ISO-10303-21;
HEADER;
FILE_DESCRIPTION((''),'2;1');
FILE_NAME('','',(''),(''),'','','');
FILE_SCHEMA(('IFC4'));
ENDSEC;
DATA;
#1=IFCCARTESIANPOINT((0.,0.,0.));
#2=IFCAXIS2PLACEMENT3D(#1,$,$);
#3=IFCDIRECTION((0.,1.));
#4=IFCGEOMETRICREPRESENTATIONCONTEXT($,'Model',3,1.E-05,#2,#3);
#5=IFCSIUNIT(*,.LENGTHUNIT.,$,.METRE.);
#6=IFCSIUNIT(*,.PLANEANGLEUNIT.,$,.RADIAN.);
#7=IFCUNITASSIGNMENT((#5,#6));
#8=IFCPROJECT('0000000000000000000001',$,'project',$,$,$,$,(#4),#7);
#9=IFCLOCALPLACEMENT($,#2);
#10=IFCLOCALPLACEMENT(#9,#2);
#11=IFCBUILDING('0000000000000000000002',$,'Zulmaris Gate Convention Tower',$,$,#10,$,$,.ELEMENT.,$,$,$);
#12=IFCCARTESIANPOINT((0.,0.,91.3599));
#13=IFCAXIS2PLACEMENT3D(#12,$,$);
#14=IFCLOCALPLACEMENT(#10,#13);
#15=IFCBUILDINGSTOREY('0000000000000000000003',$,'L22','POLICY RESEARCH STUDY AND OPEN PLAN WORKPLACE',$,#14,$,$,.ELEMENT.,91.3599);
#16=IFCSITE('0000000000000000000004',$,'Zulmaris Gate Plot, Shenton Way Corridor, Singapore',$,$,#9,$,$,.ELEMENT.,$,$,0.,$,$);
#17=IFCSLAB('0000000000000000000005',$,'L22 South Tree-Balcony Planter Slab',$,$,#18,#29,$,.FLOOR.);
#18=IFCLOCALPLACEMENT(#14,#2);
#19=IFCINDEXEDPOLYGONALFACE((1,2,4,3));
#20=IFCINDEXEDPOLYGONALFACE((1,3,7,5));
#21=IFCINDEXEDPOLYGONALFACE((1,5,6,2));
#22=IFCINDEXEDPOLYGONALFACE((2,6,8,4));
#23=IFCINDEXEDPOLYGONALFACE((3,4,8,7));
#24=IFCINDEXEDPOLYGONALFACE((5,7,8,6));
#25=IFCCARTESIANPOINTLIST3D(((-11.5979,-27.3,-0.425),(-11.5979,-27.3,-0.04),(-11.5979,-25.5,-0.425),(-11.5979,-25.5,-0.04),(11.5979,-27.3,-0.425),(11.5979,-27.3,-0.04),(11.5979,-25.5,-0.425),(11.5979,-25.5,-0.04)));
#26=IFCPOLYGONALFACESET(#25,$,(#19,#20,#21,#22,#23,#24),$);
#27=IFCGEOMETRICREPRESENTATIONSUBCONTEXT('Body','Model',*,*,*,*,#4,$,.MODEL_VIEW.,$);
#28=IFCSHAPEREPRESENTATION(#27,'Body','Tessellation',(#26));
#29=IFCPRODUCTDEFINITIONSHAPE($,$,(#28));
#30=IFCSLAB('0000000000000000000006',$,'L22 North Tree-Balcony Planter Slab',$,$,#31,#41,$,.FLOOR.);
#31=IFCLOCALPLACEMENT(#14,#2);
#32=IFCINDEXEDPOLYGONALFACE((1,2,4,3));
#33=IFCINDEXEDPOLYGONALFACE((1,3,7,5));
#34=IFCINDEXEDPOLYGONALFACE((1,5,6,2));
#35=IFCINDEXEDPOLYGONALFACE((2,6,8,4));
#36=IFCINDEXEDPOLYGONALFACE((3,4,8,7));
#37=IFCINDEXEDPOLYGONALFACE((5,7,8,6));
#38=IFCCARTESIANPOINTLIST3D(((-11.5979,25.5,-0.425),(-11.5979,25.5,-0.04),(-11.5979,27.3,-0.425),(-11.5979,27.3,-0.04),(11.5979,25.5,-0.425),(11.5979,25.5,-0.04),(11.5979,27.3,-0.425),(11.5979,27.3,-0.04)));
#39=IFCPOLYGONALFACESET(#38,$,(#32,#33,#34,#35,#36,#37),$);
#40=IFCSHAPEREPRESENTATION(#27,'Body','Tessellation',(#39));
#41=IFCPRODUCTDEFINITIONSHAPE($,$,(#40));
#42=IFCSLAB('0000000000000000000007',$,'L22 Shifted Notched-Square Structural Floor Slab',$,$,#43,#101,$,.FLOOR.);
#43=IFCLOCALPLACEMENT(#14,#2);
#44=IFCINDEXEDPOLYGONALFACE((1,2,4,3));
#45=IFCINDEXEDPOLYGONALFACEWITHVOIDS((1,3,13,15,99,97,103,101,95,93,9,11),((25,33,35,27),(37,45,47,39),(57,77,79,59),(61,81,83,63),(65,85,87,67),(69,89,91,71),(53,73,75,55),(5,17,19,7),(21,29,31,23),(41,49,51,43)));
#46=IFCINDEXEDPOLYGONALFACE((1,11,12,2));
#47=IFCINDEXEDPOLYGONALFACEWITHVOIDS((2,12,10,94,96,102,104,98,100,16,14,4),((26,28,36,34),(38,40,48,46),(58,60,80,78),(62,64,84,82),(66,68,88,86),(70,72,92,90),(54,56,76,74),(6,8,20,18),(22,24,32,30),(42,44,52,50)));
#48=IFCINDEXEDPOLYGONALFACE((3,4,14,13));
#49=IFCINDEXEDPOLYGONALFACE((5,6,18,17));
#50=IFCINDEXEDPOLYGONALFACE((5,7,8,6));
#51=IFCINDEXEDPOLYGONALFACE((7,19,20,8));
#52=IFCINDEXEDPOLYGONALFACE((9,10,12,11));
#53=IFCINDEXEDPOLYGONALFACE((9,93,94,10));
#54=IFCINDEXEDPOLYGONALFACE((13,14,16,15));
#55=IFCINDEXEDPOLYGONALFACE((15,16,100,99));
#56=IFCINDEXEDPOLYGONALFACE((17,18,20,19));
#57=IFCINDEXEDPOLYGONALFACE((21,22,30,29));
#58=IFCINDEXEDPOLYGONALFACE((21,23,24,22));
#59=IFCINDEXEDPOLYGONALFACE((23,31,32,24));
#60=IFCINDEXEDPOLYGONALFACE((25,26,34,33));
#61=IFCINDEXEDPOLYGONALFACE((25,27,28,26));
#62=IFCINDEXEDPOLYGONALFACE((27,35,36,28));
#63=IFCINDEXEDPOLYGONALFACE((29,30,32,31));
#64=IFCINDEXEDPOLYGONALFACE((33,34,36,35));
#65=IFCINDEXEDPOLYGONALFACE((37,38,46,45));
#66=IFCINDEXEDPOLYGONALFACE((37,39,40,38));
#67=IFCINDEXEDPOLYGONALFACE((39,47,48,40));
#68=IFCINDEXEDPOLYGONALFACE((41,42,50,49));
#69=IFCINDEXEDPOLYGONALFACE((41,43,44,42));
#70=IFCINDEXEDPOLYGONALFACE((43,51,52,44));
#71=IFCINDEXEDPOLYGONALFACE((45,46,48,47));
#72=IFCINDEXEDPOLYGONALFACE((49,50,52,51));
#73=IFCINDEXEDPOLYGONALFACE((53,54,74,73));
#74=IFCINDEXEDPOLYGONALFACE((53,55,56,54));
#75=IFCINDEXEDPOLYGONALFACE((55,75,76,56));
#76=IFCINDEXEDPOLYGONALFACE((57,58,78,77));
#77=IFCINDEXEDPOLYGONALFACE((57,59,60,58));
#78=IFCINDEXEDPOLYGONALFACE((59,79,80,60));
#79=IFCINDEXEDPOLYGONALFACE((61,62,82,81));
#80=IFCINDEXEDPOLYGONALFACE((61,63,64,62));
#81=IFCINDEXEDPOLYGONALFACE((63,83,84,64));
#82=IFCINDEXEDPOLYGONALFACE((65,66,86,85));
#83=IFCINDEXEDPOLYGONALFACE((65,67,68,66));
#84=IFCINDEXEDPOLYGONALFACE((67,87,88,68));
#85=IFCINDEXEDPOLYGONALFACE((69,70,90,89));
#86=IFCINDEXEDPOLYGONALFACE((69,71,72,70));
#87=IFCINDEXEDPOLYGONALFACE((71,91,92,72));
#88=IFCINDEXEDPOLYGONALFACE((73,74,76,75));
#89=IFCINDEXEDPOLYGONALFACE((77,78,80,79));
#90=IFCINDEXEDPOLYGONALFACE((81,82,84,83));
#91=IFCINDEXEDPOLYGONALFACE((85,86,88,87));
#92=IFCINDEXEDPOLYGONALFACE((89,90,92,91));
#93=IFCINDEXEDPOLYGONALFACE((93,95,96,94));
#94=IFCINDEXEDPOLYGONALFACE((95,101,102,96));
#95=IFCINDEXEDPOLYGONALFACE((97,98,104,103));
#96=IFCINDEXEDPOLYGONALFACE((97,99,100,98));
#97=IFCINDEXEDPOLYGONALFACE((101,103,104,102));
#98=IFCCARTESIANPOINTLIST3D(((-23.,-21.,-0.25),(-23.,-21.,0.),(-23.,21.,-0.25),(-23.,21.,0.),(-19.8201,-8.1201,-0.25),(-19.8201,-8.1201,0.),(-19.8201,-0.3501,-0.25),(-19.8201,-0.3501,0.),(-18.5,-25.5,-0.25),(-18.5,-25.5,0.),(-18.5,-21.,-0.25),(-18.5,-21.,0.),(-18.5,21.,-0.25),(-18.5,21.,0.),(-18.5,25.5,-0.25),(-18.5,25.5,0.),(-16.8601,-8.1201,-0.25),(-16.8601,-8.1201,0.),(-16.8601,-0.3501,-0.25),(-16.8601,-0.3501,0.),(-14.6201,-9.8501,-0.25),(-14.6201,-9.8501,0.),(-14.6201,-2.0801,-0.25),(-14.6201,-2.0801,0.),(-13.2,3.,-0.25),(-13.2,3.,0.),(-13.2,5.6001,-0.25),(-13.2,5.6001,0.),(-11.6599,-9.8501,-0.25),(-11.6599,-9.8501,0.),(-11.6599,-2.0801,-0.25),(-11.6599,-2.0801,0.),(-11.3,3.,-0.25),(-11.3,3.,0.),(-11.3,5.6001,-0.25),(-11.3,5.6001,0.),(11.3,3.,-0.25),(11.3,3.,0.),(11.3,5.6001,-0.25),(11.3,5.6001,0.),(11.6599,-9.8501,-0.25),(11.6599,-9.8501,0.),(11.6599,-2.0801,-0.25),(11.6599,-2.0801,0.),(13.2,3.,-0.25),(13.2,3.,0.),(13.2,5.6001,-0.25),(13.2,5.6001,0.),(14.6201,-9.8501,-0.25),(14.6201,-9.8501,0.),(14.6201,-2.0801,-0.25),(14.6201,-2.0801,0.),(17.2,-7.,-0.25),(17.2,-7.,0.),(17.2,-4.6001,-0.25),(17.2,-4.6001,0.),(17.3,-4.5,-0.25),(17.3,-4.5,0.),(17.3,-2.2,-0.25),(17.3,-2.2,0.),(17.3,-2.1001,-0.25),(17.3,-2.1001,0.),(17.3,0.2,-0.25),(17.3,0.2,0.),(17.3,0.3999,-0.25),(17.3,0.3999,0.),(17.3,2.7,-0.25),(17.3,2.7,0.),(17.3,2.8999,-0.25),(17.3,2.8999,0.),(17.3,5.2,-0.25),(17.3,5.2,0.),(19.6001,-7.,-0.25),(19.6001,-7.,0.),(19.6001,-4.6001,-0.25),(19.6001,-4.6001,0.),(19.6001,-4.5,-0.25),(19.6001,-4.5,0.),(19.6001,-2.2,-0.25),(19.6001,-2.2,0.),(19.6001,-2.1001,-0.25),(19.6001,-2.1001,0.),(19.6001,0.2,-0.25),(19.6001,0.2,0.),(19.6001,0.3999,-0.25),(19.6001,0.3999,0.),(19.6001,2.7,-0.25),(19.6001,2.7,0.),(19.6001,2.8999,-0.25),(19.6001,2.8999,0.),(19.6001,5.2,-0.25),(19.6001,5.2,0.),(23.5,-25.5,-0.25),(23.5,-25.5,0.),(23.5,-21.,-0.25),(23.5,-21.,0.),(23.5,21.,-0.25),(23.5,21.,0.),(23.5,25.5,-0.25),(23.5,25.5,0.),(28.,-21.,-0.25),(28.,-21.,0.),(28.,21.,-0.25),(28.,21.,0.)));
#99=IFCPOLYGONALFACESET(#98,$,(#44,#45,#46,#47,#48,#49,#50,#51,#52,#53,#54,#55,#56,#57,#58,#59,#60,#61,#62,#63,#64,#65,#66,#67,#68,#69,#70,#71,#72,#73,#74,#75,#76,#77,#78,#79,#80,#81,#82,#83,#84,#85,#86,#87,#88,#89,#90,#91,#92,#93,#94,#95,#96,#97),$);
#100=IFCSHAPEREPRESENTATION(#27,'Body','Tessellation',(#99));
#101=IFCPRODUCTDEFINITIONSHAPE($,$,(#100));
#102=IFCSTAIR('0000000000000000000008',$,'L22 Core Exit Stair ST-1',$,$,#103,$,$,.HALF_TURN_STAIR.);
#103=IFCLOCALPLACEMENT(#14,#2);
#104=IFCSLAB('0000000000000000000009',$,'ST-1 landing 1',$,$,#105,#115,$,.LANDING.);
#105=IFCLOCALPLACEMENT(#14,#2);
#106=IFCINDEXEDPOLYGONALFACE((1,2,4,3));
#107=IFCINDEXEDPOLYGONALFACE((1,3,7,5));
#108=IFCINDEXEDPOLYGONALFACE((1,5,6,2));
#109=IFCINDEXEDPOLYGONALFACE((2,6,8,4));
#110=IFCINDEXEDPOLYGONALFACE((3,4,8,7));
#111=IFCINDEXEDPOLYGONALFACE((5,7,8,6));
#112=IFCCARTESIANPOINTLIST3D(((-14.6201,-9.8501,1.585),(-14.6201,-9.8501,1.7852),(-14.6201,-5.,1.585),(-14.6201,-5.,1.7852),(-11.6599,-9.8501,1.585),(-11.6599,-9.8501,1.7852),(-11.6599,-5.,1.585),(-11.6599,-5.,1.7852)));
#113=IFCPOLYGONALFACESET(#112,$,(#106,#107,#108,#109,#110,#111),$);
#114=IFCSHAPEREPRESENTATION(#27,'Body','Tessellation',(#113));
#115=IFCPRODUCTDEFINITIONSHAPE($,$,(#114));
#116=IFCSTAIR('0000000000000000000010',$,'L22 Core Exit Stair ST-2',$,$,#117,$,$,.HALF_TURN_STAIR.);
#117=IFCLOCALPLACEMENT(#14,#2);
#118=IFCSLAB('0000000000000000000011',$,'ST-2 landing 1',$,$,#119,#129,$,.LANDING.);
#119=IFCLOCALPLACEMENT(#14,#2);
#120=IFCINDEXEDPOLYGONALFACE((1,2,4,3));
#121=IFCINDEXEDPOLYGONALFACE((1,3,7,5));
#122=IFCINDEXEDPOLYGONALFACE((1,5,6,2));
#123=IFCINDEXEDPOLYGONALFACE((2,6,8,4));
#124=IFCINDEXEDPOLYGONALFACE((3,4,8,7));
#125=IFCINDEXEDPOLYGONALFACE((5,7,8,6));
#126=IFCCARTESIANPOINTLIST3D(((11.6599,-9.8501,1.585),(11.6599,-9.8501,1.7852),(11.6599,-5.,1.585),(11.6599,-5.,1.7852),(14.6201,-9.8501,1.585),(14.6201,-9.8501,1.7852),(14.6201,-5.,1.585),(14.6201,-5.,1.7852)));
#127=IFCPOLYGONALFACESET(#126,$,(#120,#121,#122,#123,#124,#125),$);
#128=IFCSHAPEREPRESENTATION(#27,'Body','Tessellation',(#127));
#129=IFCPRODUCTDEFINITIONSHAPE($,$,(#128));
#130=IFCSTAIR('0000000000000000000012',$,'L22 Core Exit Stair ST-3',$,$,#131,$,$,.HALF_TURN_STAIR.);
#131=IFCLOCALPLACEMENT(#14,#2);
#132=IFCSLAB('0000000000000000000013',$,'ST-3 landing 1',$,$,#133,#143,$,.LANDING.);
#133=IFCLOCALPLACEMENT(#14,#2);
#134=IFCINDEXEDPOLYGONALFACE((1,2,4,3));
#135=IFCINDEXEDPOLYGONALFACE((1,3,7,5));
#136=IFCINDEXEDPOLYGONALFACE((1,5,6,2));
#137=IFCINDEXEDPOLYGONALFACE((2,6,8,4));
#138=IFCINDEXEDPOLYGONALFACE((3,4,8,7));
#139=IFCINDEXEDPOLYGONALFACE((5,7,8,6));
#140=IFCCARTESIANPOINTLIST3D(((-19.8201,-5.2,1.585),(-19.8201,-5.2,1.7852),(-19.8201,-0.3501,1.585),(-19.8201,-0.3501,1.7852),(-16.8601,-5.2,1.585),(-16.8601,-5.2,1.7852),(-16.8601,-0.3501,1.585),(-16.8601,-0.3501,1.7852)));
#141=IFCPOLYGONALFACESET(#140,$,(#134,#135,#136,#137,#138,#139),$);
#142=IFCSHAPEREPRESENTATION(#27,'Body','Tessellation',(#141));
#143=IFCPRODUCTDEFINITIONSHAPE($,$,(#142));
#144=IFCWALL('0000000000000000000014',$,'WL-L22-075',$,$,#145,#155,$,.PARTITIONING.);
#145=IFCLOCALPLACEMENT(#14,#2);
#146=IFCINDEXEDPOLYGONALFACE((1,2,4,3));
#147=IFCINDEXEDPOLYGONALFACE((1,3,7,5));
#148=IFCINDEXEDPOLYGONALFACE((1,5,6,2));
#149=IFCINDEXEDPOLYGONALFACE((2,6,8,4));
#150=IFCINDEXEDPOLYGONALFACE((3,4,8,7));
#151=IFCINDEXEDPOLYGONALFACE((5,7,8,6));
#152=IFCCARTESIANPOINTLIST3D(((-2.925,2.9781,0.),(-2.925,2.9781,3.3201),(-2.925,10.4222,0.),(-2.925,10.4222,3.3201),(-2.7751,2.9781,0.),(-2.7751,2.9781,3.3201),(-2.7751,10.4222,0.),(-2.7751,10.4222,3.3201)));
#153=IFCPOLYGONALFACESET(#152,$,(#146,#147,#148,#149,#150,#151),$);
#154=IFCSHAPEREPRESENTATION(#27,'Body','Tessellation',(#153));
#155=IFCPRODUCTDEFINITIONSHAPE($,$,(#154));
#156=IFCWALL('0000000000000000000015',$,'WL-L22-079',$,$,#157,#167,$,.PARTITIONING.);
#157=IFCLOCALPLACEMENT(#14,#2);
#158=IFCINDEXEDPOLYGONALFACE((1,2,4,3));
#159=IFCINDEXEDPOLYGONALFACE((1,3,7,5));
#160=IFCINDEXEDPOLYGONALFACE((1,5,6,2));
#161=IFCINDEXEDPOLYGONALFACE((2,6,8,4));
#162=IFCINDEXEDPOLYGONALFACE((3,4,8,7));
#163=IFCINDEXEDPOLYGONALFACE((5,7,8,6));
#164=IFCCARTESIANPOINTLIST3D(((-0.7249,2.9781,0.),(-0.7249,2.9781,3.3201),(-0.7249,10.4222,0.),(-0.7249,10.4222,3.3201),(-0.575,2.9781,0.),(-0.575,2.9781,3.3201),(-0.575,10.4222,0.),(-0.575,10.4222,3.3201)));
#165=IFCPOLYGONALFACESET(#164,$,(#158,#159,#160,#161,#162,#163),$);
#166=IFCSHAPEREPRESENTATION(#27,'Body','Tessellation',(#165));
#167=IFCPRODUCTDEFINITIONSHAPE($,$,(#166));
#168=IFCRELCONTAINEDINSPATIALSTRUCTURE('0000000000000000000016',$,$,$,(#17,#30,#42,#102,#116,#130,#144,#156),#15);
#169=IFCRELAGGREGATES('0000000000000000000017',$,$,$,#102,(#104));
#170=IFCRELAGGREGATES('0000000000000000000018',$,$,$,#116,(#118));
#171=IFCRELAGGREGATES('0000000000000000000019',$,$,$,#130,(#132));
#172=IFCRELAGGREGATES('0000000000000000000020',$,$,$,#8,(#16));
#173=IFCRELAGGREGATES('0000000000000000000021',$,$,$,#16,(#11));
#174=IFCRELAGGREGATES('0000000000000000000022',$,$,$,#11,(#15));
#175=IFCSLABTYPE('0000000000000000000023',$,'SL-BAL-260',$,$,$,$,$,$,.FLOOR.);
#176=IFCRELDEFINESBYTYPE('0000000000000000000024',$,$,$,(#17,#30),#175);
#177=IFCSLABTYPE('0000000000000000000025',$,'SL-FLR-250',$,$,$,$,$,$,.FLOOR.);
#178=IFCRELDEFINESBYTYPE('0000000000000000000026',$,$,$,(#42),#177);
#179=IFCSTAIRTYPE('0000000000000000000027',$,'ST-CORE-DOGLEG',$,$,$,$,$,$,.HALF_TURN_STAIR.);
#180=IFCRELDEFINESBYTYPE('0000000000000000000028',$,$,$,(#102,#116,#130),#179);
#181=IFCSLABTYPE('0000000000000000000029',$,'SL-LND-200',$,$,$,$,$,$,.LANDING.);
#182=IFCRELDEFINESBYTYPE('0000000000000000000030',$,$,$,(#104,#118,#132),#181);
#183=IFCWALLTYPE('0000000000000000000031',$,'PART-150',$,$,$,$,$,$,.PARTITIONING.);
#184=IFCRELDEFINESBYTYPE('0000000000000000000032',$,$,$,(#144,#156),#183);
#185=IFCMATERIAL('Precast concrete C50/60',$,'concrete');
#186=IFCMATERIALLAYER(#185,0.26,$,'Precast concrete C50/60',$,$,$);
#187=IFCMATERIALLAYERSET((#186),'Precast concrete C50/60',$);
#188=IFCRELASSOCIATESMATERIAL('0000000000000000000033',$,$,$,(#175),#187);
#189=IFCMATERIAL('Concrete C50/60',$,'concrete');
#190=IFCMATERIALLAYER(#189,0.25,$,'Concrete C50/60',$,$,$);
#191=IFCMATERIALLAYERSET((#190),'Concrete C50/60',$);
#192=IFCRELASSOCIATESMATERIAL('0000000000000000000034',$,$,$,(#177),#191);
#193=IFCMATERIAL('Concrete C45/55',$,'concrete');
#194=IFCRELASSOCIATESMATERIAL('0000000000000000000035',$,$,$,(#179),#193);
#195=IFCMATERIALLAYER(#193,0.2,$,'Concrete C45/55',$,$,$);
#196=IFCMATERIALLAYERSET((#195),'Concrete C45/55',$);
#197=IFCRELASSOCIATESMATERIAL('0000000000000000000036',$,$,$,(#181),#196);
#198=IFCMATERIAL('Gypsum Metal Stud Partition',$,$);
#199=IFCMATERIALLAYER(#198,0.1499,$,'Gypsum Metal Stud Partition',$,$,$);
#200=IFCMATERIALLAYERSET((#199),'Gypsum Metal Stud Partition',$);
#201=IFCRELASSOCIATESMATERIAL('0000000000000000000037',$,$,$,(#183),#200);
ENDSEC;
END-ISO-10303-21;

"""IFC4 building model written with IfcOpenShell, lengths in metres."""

from ifc_helpers import new_model, si_unit, direction, frame, frame_2d, origin, place, context, subcontext, project, spatial, polyline, rectangle, outline, extrude, material, layer, layer_set, type_object, element, aggregate, save


model = new_model("IFC4")

# Units and contexts
model_context = context("Model", 3, precision=1e-05, world=origin(), true_north=direction((0.0, 1.0)))
body_context = subcontext(model_context, "Body", "Model", "MODEL_VIEW")
ifc_project = project(units=[si_unit("LENGTHUNIT", "METRE"), si_unit("PLANEANGLEUNIT", "RADIAN")], contexts=[model_context])

# Site, building, storey
site_placement = place(None, origin())
site = spatial("IfcSite", under=ifc_project, at=site_placement, Name="Zulmaris Gate Plot, Shenton Way Corridor, Singapore", CompositionType="ELEMENT", RefElevation=0.0)
building_placement = place(site_placement, origin())
building = spatial("IfcBuilding", under=site, at=building_placement, Name="Zulmaris Gate Convention Tower", CompositionType="ELEMENT")
storey_placement = place(building_placement, frame((0.0, 0.0, 91.3599)))
storey = spatial("IfcBuildingStorey", under=building, at=storey_placement, Name="L22", Description="POLICY RESEARCH STUDY AND OPEN PLAN WORKPLACE", CompositionType="ELEMENT", Elevation=91.3599)

# Slabs
ifc_material_1 = material(Name="Precast concrete C50/60", Category="concrete")
ifc_layer_1 = layer(ifc_material_1, 0.26, Name="Precast concrete C50/60")
ifc_layer_set_1 = layer_set([ifc_layer_1], Name="Precast concrete C50/60")
slab_type_1 = type_object("IfcSlabType", Name="SL-BAL-260", PredefinedType="FLOOR", material=ifc_layer_set_1)
slab_1_placement = place(storey_placement, frame((0.0, 0.0, -0.425)))
element("IfcSlab", 1, at=slab_1_placement, inside=storey, type_object=slab_type_1, Name="L22 South Tree-Balcony Planter Slab", PredefinedType="FLOOR", context=body_context, shape_type="SweptSolid", body=[
    extrude(outline(polyline([(-11.5979, -27.3), (-11.5979, -25.5), (11.5979, -25.5), (11.5979, -27.3), (-11.5979, -27.3)])), origin(), (0.0, 0.0, 1.0), 0.385),
])
slab_2_placement = place(storey_placement, frame((0.0, 0.0, -0.425)))
element("IfcSlab", 2, at=slab_2_placement, inside=storey, type_object=slab_type_1, Name="L22 North Tree-Balcony Planter Slab", PredefinedType="FLOOR", context=body_context, shape_type="SweptSolid", body=[
    extrude(outline(polyline([(11.5979, 27.3), (11.5979, 25.5), (-11.5979, 25.5), (-11.5979, 27.3), (11.5979, 27.3)])), origin(), (0.0, 0.0, 1.0), 0.385),
])
ifc_material_2 = material(Name="Concrete C50/60", Category="concrete")
ifc_layer_2 = layer(ifc_material_2, 0.25, Name="Concrete C50/60")
ifc_layer_set_2 = layer_set([ifc_layer_2], Name="Concrete C50/60")
slab_type_2 = type_object("IfcSlabType", Name="SL-FLR-250", PredefinedType="FLOOR", material=ifc_layer_set_2)
slab_3_placement = place(storey_placement, frame((0.0, 0.0, -0.25)))
element("IfcSlab", 3, at=slab_3_placement, inside=storey, type_object=slab_type_2, Name="L22 Shifted Notched-Square Structural Floor Slab", PredefinedType="FLOOR", context=body_context, shape_type="SweptSolid", body=[
    extrude(outline(polyline([(-18.5, -25.5), (23.5, -25.5), (23.5, -21.0), (28.0, -21.0), (28.0, 21.0), (23.5, 21.0), (23.5, 25.5), (-18.5, 25.5), (-18.5, 21.0), (-23.0, 21.0), (-23.0, -21.0), (-18.5, -21.0), (-18.5, -25.5)]), holes=[polyline([(-14.6201, -2.0801), (-14.6201, -9.8501), (-11.6599, -9.8501), (-11.6599, -2.0801), (-14.6201, -2.0801)]), polyline([(11.6599, -2.0801), (11.6599, -9.8501), (14.6201, -9.8501), (14.6201, -2.0801), (11.6599, -2.0801)]), polyline([(-16.8601, -8.1201), (-16.8601, -0.3501), (-19.8201, -0.3501), (-19.8201, -8.1201), (-16.8601, -8.1201)]), polyline([(-13.2, 3.0), (-11.3, 3.0), (-11.3, 5.6001), (-13.2, 5.6001), (-13.2, 3.0)]), polyline([(11.3, 3.0), (13.2, 3.0), (13.2, 5.6001), (11.3, 5.6001), (11.3, 3.0)]), polyline([(17.2, -7.0), (19.6001, -7.0), (19.6001, -4.6001), (17.2, -4.6001), (17.2, -7.0)]), polyline([(17.3, -4.5), (19.6001, -4.5), (19.6001, -2.2), (17.3, -2.2), (17.3, -4.5)]), polyline([(17.3, -2.1001), (19.6001, -2.1001), (19.6001, 0.2), (17.3, 0.2), (17.3, -2.1001)]), polyline([(17.3, 0.3999), (19.6001, 0.3999), (19.6001, 2.7), (17.3, 2.7), (17.3, 0.3999)]), polyline([(17.3, 2.8999), (19.6001, 2.8999), (19.6001, 5.2), (17.3, 5.2), (17.3, 2.8999)])]), origin(), (0.0, 0.0, 1.0), 0.25),
])

# Stairs, slabs
ifc_material_3 = material(Name="Concrete C45/55", Category="concrete")
stair_type = type_object("IfcStairType", Name="ST-CORE-DOGLEG", PredefinedType="HALF_TURN_STAIR", material=ifc_material_3)
stair_1_placement = place(storey_placement, origin())
stair_1 = element("IfcStair", 4, at=stair_1_placement, inside=storey, type_object=stair_type, Name="L22 Core Exit Stair ST-1", PredefinedType="HALF_TURN_STAIR")
ifc_layer_3 = layer(ifc_material_3, 0.2, Name="Concrete C45/55")
ifc_layer_set_3 = layer_set([ifc_layer_3], Name="Concrete C45/55")
slab_type_3 = type_object("IfcSlabType", Name="SL-LND-200", PredefinedType="LANDING", material=ifc_layer_set_3)
slab_4_placement = place(storey_placement, frame((0.0, 0.0, 1.585)))
slab_4 = element("IfcSlab", 5, at=slab_4_placement, type_object=slab_type_3, Name="ST-1 landing 1", PredefinedType="LANDING", context=body_context, shape_type="SweptSolid", body=[
    extrude(outline(polyline([(-14.6201, -5.0), (-14.6201, -9.8501), (-11.6599, -9.8501), (-11.6599, -5.0), (-14.6201, -5.0)])), origin(), (0.0, 0.0, 1.0), 0.2002),
])
aggregate(stair_1, [slab_4])
stair_2_placement = place(storey_placement, origin())
stair_2 = element("IfcStair", 6, at=stair_2_placement, inside=storey, type_object=stair_type, Name="L22 Core Exit Stair ST-2", PredefinedType="HALF_TURN_STAIR")
slab_5_placement = place(storey_placement, frame((0.0, 0.0, 1.585)))
slab_5 = element("IfcSlab", 7, at=slab_5_placement, type_object=slab_type_3, Name="ST-2 landing 1", PredefinedType="LANDING", context=body_context, shape_type="SweptSolid", body=[
    extrude(outline(polyline([(11.6599, -5.0), (11.6599, -9.8501), (14.6201, -9.8501), (14.6201, -5.0), (11.6599, -5.0)])), origin(), (0.0, 0.0, 1.0), 0.2002),
])
aggregate(stair_2, [slab_5])
stair_3_placement = place(storey_placement, origin())
stair_3 = element("IfcStair", 8, at=stair_3_placement, inside=storey, type_object=stair_type, Name="L22 Core Exit Stair ST-3", PredefinedType="HALF_TURN_STAIR")
slab_6_placement = place(storey_placement, frame((0.0, 0.0, 1.585)))
slab_6 = element("IfcSlab", 9, at=slab_6_placement, type_object=slab_type_3, Name="ST-3 landing 1", PredefinedType="LANDING", context=body_context, shape_type="SweptSolid", body=[
    extrude(outline(polyline([(-16.8601, -5.2), (-16.8601, -0.3501), (-19.8201, -0.3501), (-19.8201, -5.2), (-16.8601, -5.2)])), origin(), (0.0, 0.0, 1.0), 0.2002),
])
aggregate(stair_3, [slab_6])

# Walls
ifc_material_4 = material(Name="Gypsum Metal Stud Partition")
ifc_layer_4 = layer(ifc_material_4, 0.1499, Name="Gypsum Metal Stud Partition")
ifc_layer_set_4 = layer_set([ifc_layer_4], Name="Gypsum Metal Stud Partition")
wall_type = type_object("IfcWallType", Name="PART-150", PredefinedType="PARTITIONING", material=ifc_layer_set_4)
for number, where, z_axis, x_axis, name in (
    (10, (-2.8501, 2.978, 0.0), (0.0, 0.0, 1.0), (0.0, 1.0, 0.0), "WL-L22-075"),
    (11, (-0.6499, 2.978, 0.0), (0.0, 0.0, 1.0), (0.0, 1.0, 0.0), "WL-L22-079"),
):
    element("IfcWall", number, at=place(storey_placement, frame(where, z_axis=z_axis, x_axis=x_axis)), inside=storey, type_object=wall_type, Name=name, PredefinedType="PARTITIONING", context=body_context, shape_type="SweptSolid", body=[
        extrude(rectangle(XDim=7.4441, YDim=0.1499, at=frame_2d((3.7222, 0.0))), origin(), (0.0, 0.0, 1.0), 3.3201),
    ])

save(model, "model.ifc")
